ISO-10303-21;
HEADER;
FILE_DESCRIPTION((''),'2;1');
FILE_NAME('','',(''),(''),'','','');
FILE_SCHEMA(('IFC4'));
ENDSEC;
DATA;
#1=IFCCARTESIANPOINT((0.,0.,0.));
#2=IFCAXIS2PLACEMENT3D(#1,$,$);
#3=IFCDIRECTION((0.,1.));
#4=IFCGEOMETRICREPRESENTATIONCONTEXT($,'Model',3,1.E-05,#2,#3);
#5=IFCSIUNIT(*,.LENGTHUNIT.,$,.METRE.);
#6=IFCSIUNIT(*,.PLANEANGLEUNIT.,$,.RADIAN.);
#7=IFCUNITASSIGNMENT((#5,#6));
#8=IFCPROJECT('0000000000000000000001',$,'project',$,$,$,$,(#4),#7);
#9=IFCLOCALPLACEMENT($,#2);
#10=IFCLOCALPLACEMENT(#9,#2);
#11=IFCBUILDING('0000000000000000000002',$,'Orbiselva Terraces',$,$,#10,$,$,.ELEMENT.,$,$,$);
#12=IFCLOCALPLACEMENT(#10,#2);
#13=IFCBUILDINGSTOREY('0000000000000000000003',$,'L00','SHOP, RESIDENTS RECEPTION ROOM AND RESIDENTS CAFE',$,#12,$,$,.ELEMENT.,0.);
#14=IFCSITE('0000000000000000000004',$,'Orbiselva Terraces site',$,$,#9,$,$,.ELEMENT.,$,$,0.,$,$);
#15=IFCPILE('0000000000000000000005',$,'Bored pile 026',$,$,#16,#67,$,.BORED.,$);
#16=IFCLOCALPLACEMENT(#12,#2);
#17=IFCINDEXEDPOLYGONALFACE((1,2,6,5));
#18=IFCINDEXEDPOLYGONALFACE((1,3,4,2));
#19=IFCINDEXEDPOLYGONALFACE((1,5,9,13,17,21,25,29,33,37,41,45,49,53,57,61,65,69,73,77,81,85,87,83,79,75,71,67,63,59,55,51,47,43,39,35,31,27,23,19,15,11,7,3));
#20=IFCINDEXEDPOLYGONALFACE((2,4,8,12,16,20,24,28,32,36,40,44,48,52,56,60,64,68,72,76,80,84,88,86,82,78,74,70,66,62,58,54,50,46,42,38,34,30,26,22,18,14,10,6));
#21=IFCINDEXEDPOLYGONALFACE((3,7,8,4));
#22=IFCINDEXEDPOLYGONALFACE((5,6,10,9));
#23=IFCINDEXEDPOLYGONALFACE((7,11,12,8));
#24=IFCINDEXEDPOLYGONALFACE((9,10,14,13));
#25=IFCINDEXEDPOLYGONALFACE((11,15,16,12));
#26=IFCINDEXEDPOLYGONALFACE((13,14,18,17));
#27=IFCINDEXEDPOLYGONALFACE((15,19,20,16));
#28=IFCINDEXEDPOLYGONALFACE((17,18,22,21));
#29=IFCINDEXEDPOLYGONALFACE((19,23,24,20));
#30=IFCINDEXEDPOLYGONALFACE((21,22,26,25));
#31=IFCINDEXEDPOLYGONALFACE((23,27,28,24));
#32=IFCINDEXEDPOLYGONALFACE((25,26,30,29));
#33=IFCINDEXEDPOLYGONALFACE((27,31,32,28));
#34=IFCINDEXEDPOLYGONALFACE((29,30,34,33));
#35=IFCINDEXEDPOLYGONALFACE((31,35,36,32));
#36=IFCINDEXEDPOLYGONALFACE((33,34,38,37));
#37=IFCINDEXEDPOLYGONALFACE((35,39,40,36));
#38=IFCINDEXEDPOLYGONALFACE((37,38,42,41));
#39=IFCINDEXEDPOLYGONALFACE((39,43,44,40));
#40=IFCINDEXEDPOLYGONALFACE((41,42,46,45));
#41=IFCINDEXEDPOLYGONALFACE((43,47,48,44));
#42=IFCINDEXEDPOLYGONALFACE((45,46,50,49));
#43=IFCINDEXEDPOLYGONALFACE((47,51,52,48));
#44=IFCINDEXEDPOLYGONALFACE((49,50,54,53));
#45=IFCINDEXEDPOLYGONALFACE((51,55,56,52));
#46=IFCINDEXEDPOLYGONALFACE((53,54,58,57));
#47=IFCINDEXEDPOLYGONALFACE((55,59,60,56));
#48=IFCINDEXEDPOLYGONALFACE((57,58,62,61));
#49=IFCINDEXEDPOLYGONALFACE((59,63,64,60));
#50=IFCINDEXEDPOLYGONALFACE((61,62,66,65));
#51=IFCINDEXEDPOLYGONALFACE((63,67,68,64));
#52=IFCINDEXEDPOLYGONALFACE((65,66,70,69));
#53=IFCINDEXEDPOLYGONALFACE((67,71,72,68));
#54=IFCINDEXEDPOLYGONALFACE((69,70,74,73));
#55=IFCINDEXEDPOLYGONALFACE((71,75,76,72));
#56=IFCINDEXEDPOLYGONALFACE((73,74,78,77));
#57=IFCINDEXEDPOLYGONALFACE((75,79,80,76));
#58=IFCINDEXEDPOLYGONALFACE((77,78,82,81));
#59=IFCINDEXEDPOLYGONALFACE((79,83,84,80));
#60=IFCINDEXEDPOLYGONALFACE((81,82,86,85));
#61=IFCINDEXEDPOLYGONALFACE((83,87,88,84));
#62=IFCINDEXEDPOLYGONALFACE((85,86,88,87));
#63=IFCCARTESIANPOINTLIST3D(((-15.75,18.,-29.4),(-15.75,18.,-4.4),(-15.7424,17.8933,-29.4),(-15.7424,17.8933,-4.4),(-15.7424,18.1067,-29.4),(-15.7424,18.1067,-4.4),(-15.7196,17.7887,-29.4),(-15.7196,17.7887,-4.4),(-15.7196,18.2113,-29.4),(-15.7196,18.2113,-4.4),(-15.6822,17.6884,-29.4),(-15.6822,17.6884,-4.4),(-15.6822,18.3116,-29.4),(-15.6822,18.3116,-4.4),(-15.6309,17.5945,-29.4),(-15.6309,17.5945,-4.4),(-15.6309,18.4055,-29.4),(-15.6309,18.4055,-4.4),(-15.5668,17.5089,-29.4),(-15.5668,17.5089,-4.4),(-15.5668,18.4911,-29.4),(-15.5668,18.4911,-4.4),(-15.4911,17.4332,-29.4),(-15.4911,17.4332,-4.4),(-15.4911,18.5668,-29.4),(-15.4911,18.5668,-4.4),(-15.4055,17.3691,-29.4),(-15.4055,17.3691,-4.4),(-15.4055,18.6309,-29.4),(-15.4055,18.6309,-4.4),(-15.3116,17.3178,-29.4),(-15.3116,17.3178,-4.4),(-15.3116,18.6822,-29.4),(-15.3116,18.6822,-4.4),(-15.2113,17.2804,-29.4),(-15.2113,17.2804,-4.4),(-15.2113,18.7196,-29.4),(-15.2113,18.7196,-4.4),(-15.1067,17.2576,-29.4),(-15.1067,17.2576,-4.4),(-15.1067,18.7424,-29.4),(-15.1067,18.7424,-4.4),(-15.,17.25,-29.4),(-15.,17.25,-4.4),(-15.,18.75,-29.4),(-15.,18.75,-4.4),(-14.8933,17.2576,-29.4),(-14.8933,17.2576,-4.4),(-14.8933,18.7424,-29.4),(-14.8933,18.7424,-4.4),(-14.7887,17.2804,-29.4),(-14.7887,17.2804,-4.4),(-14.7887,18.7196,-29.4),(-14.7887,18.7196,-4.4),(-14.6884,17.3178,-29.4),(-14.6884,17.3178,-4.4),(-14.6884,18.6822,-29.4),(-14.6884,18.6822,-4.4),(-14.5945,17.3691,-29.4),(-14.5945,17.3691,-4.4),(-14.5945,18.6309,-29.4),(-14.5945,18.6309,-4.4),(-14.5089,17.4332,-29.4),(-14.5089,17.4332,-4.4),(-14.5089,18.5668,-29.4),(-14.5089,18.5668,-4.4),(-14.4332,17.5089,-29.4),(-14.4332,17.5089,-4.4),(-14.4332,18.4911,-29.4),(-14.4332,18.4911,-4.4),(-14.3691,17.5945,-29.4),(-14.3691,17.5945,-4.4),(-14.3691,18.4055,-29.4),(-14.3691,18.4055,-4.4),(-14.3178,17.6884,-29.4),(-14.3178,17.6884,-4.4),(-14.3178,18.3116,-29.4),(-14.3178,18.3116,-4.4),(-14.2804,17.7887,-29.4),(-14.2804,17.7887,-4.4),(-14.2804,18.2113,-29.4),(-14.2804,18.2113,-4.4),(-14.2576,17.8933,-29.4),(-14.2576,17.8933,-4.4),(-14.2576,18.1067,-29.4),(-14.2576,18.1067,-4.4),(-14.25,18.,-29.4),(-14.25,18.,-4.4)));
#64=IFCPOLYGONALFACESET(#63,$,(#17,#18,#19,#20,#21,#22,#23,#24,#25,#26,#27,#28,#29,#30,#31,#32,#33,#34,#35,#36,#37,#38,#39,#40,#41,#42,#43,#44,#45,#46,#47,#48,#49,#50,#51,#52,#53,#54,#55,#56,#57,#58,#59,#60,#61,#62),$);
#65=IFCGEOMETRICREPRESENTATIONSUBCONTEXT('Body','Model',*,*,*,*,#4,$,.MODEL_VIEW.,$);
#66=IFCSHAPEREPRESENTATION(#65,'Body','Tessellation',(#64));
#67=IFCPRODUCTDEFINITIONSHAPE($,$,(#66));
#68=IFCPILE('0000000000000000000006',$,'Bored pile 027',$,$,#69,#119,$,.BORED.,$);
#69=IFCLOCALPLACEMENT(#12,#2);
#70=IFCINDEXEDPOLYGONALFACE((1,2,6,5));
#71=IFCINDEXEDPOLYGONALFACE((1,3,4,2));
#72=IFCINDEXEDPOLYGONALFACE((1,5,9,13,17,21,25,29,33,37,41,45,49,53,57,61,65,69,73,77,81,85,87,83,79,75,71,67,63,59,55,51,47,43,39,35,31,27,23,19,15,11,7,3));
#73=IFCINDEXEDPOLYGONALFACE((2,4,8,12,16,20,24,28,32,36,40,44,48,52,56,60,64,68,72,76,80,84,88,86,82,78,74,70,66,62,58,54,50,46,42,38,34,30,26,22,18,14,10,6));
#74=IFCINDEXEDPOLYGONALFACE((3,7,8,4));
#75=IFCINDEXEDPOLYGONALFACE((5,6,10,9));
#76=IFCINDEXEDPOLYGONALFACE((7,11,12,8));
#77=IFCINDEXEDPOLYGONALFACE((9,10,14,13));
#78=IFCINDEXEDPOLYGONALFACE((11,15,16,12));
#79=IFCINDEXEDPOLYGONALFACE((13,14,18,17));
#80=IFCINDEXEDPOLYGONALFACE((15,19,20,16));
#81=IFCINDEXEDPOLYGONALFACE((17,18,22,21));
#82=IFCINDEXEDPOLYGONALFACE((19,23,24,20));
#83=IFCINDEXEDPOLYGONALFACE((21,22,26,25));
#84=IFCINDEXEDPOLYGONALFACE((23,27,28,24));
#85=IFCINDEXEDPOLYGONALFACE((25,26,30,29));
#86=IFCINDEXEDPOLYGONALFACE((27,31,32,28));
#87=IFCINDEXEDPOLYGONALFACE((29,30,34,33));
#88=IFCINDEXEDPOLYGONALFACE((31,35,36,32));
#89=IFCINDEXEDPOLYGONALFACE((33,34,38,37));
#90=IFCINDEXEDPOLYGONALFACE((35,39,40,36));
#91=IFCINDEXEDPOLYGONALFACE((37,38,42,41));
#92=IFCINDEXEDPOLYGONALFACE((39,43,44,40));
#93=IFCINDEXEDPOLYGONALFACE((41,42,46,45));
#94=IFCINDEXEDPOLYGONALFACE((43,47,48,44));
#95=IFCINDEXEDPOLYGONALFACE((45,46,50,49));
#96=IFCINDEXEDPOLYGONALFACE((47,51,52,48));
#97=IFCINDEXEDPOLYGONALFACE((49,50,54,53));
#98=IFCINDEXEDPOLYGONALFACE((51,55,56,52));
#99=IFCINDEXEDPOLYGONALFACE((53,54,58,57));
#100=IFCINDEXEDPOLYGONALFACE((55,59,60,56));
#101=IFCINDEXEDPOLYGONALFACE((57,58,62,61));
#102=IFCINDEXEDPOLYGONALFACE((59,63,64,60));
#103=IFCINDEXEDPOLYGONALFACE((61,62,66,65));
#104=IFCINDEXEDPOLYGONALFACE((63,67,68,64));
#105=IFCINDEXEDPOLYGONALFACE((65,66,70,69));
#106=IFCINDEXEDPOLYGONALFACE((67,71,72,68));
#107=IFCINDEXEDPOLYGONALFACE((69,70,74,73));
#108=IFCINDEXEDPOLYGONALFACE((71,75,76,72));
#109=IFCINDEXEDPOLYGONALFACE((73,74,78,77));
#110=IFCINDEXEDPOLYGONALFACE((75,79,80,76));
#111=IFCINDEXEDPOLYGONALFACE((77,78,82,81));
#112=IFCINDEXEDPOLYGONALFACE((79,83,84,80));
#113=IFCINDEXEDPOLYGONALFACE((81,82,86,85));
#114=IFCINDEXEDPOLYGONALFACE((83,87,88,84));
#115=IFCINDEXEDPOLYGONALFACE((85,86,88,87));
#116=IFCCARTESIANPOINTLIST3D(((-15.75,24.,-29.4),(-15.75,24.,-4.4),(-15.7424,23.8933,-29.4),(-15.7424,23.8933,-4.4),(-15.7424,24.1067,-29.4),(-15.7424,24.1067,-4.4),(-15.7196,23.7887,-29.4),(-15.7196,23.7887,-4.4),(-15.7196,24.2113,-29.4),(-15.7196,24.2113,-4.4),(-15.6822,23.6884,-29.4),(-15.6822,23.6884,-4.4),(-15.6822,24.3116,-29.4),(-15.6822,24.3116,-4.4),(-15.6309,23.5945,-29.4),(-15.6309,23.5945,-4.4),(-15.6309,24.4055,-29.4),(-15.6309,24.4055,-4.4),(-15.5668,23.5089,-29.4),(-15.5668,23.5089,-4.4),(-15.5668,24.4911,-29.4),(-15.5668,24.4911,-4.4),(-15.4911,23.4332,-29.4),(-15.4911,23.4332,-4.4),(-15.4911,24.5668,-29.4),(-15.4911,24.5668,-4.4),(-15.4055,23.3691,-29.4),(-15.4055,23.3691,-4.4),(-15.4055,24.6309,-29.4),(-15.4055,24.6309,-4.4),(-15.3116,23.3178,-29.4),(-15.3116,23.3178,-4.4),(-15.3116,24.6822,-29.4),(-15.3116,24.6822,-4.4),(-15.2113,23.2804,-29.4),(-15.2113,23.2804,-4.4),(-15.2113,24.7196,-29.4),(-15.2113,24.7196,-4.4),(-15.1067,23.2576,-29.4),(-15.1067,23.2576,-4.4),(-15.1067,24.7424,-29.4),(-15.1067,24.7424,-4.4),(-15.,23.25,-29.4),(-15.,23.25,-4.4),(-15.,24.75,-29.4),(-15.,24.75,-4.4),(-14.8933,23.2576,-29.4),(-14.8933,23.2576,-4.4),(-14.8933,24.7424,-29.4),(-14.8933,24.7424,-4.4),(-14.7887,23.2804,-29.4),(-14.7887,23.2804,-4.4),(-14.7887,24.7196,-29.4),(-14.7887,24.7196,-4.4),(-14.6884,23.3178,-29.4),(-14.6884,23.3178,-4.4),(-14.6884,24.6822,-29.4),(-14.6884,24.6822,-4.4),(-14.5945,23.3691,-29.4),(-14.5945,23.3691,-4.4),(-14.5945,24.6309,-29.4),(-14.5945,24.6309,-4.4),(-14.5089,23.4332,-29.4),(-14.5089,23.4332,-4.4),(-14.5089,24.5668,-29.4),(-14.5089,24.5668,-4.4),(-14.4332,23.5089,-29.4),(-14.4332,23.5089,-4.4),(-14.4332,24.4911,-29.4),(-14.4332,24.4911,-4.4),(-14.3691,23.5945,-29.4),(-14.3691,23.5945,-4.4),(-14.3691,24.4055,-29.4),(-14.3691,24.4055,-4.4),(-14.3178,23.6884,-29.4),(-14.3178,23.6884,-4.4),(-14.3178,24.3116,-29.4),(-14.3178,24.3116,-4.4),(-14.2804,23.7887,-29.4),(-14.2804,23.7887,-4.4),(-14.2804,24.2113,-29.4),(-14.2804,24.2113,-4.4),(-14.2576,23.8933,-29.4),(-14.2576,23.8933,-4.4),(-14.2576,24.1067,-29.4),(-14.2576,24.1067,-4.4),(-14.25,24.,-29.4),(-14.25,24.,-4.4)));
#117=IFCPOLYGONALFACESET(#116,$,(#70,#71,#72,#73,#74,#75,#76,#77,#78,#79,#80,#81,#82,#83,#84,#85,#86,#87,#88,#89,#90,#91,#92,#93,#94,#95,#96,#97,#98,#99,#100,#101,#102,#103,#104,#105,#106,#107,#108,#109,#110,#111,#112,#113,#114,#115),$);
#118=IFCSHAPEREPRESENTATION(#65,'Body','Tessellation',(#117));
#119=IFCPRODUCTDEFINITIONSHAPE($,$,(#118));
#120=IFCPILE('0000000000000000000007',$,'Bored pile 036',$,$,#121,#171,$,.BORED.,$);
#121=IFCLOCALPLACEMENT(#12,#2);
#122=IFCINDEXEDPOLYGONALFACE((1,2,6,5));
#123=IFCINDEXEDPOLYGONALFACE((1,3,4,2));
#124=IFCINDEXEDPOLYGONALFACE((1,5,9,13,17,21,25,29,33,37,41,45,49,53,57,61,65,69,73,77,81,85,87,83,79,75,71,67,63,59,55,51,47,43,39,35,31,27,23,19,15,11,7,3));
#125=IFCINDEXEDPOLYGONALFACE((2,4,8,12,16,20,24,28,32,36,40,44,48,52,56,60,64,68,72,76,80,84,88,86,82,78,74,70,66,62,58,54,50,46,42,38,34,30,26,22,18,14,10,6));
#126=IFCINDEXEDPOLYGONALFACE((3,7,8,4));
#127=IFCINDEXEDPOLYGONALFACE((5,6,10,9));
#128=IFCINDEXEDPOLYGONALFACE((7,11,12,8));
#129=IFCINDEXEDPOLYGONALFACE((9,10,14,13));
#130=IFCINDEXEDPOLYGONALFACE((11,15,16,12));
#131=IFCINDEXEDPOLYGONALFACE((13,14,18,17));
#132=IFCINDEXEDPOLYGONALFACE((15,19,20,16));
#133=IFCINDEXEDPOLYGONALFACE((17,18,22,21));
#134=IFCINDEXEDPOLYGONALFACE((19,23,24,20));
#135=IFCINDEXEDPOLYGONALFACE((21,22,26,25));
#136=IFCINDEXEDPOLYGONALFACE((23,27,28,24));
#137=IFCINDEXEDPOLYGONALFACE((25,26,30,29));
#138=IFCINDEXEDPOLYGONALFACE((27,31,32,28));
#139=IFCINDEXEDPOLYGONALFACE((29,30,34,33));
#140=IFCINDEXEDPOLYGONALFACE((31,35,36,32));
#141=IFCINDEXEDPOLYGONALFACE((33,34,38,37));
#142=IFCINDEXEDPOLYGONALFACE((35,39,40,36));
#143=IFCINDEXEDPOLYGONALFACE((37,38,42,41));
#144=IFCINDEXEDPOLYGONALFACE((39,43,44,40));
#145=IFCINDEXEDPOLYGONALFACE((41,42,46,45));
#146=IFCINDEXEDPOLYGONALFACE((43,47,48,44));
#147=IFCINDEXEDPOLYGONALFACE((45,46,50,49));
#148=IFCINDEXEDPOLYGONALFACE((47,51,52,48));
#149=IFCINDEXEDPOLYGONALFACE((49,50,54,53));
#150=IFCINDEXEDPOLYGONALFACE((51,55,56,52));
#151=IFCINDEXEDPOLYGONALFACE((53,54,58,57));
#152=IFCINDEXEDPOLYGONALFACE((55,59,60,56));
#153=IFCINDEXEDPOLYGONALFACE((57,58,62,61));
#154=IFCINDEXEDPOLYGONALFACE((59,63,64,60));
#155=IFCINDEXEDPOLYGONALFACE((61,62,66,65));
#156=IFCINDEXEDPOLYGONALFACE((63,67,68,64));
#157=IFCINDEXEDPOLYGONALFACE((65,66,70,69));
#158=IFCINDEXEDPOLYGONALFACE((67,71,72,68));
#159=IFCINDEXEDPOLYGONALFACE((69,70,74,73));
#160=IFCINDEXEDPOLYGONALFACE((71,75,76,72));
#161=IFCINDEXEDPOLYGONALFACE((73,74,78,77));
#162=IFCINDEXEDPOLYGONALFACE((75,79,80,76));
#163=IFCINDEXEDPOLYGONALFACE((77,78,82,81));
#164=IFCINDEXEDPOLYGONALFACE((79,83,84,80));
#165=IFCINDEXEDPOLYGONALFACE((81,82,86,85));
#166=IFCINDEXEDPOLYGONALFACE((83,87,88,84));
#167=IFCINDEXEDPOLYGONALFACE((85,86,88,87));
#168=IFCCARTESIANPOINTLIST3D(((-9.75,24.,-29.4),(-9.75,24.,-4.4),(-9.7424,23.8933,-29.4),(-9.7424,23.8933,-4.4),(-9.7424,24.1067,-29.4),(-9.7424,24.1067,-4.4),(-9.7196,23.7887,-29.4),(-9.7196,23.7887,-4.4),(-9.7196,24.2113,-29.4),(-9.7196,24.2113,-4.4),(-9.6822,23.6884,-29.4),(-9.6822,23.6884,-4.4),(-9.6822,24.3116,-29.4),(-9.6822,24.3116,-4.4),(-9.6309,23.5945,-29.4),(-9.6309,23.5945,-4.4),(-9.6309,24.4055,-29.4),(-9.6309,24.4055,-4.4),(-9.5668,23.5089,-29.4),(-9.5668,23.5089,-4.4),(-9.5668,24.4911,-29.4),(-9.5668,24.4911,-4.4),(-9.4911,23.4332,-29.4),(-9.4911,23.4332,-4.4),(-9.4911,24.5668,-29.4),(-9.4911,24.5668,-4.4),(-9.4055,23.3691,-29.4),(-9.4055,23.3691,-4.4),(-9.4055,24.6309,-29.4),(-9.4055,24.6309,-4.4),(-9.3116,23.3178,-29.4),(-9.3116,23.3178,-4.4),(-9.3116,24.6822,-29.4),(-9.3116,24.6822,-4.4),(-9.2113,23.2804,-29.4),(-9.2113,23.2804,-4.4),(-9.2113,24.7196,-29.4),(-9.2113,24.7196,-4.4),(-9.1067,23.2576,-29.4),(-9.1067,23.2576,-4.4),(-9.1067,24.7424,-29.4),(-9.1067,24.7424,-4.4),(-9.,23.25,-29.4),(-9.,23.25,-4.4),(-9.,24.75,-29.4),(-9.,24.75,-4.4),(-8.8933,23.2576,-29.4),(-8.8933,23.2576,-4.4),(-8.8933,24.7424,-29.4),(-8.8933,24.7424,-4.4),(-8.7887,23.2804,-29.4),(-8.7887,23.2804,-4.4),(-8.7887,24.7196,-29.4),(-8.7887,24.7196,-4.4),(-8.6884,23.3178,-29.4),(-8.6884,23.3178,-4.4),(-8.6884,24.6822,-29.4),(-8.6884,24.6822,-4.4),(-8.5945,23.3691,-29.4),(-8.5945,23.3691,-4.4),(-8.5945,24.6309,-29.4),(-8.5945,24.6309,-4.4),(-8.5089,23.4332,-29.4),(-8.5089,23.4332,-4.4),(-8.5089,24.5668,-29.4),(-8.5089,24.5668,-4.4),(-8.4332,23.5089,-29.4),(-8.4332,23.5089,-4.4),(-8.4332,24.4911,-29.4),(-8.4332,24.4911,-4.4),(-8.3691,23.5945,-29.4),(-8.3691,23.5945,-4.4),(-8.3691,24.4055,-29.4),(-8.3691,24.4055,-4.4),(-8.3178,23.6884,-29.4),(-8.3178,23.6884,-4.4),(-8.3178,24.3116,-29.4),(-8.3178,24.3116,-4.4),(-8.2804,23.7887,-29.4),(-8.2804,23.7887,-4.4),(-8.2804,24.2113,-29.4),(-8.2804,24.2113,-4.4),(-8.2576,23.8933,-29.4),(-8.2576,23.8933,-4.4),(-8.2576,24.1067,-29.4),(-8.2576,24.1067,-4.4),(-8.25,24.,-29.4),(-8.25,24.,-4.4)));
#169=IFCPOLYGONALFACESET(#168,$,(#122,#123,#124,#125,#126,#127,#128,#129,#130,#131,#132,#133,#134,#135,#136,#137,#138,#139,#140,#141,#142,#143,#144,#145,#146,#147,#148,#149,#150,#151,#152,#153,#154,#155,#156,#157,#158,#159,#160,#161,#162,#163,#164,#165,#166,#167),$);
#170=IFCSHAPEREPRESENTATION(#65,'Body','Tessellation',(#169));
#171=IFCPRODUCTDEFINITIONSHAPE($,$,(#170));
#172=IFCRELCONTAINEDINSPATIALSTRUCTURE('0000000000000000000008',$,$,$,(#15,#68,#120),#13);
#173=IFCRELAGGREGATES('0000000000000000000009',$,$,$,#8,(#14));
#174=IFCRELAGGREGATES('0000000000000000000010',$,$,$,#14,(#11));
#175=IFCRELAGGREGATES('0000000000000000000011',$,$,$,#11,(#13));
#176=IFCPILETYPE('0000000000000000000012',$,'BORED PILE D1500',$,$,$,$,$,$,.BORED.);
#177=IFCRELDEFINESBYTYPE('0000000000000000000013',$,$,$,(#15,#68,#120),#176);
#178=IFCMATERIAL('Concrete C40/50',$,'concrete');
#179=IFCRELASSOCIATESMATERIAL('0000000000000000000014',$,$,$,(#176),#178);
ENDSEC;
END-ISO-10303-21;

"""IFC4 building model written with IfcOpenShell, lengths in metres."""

from ifc_helpers import new_model, si_unit, direction, frame, origin, origin_2d, place, context, subcontext, project, spatial, circle, extrude, material, material_profile, profile_set, type_object, element, save


model = new_model("IFC4")

# Units and contexts
model_context = context("Model", 3, precision=1e-05, world=origin(), true_north=direction((0.0, 1.0)))
body_context = subcontext(model_context, "Body", "Model", "MODEL_VIEW")
ifc_project = project(units=[si_unit("LENGTHUNIT", "METRE"), si_unit("PLANEANGLEUNIT", "RADIAN")], contexts=[model_context])

# Site, building, storey
site_placement = place(None, origin())
site = spatial("IfcSite", under=ifc_project, at=site_placement, Name="Orbiselva Terraces site", CompositionType="ELEMENT", RefElevation=0.0)
building_placement = place(site_placement, origin())
building = spatial("IfcBuilding", under=site, at=building_placement, Name="Orbiselva Terraces", CompositionType="ELEMENT")
storey_placement = place(building_placement, origin())
storey = spatial("IfcBuildingStorey", under=building, at=storey_placement, Name="L00", Description="SHOP, RESIDENTS RECEPTION ROOM AND RESIDENTS CAFE", CompositionType="ELEMENT", Elevation=0.0)

# Piles
ifc_material_1 = material(Name="Concrete C40/50", Category="concrete")
ifc_material_profile_1 = material_profile(ifc_material_1, circle(Radius=0.75, at=origin_2d()), Name="D1500")
ifc_profile_set_1 = profile_set([ifc_material_profile_1], Name="Concrete C40/50")
pile_type_1 = type_object("IfcPileType", Name="BORED PILE D1500", PredefinedType="BORED", material=ifc_profile_set_1)
for number, where, z_axis, x_axis, name in (
    (1, (-15.0, 18.0, -4.4), (0.0, 0.0, -1.0), (1.0, 0.0, 0.0), "Bored pile 026"),
    (2, (-15.0, 24.0, -4.4), (0.0, 0.0, -1.0), (1.0, 0.0, 0.0), "Bored pile 027"),
    (3, (-9.0, 24.0, -4.4), (0.0, 0.0, -1.0), (1.0, 0.0, 0.0), "Bored pile 036"),
):
    element("IfcPile", number, at=place(storey_placement, frame(where, z_axis=z_axis, x_axis=x_axis)), inside=storey, type_object=pile_type_1, Name=name, PredefinedType="BORED", context=body_context, shape_type="SweptSolid", body=[
        extrude(circle(Radius=0.75, at=origin_2d()), origin(), (0.0, 0.0, 1.0), 25.0),
    ])

save(model, "model.ifc")
